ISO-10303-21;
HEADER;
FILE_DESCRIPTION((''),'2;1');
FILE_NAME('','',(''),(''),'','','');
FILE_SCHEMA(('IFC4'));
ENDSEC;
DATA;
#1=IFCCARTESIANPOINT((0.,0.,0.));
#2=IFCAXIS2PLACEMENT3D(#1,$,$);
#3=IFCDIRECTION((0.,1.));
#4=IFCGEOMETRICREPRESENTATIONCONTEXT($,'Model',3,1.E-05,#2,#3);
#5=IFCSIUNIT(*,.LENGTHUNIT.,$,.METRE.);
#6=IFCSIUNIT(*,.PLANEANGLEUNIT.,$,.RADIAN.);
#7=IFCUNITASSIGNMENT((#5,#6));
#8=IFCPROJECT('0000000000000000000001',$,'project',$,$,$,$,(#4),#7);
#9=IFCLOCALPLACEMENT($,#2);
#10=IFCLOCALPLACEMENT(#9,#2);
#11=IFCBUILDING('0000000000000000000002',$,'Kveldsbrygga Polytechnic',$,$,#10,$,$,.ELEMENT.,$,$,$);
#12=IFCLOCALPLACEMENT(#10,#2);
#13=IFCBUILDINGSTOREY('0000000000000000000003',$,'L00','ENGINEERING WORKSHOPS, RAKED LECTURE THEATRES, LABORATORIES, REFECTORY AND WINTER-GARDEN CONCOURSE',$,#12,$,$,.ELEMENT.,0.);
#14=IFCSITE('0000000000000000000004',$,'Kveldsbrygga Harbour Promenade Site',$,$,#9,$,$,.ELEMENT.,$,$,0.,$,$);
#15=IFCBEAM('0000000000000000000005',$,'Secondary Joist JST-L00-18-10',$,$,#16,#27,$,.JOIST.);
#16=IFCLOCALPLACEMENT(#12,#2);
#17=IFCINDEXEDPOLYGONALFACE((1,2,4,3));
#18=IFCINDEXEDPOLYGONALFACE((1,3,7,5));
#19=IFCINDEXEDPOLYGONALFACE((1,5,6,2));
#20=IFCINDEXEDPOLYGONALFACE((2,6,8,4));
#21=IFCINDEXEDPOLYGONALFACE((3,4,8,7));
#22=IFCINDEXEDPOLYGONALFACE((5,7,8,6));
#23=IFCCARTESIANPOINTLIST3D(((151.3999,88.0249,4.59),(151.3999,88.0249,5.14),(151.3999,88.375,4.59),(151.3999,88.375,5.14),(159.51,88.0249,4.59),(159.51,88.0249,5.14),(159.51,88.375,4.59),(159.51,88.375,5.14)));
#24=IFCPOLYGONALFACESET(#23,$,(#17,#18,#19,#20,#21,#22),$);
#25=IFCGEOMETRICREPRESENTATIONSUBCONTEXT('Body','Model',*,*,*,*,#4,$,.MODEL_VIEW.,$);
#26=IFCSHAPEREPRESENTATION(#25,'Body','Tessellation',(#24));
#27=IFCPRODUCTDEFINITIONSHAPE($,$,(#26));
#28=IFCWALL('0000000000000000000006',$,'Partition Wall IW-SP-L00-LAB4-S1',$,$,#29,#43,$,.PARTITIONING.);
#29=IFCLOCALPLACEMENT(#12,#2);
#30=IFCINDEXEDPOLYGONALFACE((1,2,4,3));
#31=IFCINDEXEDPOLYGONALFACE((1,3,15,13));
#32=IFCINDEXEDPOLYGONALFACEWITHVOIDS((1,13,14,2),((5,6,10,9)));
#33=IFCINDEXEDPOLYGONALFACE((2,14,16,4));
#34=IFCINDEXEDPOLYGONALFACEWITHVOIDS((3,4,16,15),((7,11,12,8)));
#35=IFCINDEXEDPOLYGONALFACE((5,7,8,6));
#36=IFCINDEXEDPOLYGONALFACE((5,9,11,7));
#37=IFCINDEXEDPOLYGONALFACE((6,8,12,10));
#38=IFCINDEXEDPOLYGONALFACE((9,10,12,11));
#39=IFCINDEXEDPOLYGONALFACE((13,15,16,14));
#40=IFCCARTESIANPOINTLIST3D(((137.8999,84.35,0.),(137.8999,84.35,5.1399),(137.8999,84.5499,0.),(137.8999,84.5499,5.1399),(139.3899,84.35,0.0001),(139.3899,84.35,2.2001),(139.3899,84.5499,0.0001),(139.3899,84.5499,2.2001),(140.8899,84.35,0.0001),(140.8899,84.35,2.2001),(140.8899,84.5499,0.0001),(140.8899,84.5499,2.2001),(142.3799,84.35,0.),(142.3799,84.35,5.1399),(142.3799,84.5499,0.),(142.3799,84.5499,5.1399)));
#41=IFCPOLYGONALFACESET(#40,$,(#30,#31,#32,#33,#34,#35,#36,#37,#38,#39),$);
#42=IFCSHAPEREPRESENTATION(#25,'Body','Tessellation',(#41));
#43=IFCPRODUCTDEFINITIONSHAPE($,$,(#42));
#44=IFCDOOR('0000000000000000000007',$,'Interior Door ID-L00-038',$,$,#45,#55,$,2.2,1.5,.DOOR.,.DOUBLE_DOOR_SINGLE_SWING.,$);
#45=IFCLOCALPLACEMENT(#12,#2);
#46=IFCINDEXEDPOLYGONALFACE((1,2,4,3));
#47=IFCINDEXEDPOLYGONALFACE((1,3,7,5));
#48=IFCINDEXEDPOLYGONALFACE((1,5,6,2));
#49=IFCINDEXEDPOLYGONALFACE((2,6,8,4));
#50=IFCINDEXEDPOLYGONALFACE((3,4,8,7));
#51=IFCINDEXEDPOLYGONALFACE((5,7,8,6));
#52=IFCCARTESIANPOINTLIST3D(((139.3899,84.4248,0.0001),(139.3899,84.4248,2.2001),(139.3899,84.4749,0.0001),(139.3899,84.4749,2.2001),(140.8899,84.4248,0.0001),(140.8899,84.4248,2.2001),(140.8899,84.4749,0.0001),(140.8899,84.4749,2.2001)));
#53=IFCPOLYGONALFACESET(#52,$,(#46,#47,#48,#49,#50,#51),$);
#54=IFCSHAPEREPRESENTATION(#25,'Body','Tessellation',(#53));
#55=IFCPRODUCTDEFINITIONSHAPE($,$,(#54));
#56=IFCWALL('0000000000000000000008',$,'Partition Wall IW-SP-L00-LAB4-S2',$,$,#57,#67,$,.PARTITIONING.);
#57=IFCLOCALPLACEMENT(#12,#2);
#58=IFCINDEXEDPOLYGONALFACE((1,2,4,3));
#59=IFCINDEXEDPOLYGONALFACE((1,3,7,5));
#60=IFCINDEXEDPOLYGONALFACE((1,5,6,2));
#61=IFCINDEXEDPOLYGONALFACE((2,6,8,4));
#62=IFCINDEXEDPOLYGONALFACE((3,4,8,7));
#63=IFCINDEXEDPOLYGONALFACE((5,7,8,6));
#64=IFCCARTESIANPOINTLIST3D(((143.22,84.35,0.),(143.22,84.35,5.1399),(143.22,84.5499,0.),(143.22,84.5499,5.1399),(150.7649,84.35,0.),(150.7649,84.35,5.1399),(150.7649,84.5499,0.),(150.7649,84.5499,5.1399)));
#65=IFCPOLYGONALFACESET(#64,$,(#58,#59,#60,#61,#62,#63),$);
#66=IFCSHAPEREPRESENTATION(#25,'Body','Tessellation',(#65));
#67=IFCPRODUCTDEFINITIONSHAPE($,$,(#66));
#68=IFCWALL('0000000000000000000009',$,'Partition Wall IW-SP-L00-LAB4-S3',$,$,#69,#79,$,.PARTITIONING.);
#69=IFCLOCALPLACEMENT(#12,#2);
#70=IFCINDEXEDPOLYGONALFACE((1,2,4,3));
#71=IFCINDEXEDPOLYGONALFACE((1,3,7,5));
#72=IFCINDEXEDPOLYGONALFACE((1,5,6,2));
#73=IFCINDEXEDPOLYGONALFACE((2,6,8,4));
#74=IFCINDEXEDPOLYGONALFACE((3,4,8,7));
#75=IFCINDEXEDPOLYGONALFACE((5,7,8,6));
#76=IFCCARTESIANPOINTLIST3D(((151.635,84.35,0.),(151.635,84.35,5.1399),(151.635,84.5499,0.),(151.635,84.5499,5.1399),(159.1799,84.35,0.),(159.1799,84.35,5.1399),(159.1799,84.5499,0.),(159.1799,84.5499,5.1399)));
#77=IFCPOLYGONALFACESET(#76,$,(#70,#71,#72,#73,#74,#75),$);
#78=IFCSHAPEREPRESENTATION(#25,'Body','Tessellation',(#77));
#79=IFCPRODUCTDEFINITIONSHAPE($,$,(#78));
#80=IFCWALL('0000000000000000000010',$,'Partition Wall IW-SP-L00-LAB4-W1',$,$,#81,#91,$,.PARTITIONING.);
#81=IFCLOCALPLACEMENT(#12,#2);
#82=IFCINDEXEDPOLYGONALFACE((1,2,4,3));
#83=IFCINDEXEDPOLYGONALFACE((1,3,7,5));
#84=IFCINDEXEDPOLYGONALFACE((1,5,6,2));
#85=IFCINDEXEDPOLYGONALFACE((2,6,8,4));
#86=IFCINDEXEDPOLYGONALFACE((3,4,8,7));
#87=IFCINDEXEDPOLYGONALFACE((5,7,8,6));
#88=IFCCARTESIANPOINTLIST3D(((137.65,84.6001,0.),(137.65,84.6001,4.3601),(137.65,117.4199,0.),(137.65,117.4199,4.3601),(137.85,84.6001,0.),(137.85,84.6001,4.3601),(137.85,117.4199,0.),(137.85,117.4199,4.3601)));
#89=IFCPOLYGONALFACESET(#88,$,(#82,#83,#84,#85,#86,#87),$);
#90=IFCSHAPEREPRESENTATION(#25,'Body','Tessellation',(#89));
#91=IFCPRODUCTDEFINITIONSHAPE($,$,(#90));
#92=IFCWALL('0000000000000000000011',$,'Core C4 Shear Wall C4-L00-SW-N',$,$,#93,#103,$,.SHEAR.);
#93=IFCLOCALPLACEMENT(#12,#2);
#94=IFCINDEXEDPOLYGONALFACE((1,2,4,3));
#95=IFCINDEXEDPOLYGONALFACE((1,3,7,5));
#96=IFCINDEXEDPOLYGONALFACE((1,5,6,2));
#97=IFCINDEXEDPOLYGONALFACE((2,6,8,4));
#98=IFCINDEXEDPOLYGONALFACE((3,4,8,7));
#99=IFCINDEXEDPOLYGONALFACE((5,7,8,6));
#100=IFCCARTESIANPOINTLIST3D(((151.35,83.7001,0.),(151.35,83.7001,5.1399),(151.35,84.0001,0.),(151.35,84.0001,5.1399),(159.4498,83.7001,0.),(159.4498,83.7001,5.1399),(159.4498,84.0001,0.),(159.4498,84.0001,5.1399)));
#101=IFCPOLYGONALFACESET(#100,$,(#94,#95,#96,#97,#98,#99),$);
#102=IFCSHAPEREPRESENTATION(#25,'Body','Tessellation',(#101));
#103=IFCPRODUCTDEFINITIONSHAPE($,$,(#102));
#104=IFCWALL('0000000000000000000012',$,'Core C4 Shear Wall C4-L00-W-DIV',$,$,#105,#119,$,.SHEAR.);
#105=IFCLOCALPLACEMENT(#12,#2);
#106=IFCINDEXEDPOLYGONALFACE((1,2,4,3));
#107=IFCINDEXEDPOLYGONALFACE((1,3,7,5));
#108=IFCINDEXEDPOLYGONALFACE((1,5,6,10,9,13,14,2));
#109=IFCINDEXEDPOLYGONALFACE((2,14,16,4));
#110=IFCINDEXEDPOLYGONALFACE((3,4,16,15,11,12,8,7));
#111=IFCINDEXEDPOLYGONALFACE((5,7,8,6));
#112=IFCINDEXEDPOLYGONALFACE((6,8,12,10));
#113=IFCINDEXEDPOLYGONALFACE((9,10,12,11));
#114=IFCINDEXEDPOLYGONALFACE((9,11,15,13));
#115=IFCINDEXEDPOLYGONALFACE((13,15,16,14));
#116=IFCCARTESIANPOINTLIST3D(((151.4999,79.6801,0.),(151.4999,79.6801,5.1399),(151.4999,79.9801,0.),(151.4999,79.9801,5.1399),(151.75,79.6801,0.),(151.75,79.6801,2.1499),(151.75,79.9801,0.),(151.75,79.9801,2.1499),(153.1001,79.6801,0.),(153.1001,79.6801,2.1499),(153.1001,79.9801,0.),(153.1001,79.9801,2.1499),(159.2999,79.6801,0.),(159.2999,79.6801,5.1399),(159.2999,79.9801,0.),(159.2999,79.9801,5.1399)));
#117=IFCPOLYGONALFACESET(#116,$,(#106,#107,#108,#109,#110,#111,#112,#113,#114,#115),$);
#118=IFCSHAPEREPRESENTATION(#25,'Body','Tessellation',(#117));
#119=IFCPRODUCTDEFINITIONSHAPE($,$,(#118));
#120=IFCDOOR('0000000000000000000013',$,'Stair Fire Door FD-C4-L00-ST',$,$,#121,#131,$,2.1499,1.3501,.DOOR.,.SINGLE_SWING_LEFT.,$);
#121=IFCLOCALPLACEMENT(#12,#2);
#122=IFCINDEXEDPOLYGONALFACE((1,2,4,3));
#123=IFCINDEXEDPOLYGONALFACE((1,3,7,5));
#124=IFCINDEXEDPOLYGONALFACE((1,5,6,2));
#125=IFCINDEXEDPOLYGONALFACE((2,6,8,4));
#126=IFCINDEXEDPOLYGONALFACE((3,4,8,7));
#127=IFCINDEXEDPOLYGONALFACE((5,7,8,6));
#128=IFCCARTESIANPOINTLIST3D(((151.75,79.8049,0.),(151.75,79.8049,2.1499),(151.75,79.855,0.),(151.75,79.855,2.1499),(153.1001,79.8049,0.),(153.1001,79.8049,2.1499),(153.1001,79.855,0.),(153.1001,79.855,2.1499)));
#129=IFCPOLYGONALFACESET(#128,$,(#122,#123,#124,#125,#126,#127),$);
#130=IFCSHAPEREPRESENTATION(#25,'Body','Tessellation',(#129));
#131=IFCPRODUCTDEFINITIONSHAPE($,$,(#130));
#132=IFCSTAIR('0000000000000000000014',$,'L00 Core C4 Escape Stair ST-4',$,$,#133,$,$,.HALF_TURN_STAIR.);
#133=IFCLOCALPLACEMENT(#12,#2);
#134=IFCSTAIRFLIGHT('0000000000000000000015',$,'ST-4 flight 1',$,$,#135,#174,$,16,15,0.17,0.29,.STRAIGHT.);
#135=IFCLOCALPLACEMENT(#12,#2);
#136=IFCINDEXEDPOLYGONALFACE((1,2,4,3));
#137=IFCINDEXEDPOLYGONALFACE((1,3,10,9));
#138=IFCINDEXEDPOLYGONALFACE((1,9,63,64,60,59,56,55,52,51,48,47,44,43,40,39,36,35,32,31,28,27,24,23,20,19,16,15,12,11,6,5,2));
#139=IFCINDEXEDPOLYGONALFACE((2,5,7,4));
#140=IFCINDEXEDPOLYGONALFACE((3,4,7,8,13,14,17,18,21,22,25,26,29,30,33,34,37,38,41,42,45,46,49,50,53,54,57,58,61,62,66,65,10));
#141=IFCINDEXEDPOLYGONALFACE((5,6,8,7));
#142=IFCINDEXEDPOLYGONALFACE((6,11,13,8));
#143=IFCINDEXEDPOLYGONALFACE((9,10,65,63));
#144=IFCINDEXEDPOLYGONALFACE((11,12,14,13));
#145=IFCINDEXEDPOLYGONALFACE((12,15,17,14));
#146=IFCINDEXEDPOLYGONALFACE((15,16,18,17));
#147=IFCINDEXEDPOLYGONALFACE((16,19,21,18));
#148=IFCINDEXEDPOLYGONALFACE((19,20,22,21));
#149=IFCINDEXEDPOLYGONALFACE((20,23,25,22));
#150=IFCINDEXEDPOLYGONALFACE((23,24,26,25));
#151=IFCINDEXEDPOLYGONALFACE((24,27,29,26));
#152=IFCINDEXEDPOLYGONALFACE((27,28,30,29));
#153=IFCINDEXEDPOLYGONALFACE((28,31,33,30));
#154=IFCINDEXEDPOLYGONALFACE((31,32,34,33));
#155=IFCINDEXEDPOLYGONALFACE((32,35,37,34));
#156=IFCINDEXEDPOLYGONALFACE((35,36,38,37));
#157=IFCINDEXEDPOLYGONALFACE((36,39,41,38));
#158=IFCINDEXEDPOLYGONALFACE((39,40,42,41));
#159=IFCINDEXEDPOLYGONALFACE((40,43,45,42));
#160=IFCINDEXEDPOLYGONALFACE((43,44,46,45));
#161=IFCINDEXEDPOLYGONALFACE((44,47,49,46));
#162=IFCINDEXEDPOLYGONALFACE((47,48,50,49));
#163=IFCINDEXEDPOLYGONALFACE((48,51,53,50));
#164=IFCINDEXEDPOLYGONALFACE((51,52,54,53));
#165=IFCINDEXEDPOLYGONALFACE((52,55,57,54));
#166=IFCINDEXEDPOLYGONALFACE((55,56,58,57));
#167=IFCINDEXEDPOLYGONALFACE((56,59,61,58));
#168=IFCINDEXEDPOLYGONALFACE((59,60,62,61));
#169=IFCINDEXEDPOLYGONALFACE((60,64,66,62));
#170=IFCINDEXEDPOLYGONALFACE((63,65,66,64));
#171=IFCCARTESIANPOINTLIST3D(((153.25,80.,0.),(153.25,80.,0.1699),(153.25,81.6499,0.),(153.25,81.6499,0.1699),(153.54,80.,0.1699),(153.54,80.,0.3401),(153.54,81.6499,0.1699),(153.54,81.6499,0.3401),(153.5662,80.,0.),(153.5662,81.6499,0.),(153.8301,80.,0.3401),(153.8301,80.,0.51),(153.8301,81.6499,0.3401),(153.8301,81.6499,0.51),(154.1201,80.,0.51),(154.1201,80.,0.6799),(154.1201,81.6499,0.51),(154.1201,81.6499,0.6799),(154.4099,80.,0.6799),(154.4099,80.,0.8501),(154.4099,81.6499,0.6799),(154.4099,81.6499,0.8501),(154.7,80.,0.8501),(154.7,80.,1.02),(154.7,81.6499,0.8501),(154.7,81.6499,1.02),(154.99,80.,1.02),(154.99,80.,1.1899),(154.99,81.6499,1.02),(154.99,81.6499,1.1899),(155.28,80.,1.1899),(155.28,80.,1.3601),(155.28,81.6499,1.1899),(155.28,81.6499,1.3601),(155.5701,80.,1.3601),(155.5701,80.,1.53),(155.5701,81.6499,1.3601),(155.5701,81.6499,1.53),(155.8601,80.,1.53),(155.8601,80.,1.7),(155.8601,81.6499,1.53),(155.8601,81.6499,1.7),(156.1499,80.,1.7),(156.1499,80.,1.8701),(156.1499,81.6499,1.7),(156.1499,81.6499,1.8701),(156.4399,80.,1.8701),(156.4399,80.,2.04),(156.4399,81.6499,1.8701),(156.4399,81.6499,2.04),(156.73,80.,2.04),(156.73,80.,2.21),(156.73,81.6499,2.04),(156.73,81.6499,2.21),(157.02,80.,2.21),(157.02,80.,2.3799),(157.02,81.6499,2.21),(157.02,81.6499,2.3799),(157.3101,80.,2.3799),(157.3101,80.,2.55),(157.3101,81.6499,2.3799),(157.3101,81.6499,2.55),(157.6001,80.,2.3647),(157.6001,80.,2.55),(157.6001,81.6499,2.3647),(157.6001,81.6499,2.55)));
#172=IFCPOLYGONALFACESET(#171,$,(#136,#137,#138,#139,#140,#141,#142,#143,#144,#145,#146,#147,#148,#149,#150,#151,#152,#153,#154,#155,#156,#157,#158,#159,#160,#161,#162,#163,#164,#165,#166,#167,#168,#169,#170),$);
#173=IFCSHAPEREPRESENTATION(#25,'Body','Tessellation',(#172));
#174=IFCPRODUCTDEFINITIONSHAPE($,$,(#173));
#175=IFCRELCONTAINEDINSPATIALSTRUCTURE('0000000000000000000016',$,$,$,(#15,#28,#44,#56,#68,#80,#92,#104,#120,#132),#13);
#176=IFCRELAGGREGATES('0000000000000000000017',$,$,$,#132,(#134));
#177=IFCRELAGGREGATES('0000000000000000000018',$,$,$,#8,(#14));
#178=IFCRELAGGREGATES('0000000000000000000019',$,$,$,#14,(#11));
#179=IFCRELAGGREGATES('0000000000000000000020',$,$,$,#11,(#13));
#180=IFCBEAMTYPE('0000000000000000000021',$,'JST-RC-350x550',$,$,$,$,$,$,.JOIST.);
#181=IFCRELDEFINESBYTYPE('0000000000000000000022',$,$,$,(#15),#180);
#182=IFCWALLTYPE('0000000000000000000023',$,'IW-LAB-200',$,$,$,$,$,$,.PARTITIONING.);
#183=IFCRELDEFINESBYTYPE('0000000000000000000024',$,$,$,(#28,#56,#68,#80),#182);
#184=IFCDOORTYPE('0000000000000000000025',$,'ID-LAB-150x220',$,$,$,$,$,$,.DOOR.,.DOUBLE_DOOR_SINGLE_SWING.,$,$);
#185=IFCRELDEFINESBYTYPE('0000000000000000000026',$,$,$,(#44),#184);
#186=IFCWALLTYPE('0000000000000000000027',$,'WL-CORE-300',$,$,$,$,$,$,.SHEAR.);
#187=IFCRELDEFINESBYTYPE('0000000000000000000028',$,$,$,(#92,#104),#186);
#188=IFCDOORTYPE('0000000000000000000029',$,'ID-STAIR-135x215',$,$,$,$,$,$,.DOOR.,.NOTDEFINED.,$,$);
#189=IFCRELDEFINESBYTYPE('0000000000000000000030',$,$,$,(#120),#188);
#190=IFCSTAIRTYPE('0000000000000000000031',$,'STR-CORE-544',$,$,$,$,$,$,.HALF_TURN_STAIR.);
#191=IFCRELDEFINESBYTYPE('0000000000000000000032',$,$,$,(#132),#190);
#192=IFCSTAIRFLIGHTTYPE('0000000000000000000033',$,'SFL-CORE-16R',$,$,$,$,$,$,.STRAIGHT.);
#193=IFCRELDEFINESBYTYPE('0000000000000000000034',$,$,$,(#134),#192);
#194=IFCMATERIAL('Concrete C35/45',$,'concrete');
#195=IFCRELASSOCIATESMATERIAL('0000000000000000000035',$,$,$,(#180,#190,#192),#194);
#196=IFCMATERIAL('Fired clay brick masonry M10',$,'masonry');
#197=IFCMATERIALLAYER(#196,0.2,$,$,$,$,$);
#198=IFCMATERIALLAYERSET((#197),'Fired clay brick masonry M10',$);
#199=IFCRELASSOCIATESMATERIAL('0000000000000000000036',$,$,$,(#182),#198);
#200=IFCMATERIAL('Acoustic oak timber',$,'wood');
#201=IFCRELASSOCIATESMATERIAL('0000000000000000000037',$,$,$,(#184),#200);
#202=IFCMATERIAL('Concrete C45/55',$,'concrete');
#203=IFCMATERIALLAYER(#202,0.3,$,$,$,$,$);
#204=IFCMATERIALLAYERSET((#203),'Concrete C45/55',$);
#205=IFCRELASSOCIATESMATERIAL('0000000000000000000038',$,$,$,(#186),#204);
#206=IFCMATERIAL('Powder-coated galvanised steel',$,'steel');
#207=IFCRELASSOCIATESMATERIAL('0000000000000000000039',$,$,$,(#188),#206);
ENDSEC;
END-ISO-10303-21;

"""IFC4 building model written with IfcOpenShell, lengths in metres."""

from ifc_helpers import new_model, si_unit, direction, frame, frame_2d, origin, origin_2d, place, context, subcontext, project, spatial, polyline, rectangle, outline, extrude, material, layer, layer_set, material_profile, profile_set, type_object, element, fill, aggregate, save


model = new_model("IFC4")

# Units and contexts
model_context = context("Model", 3, precision=1e-05, world=origin(), true_north=direction((0.0, 1.0)))
body_context = subcontext(model_context, "Body", "Model", "MODEL_VIEW")
ifc_project = project(units=[si_unit("LENGTHUNIT", "METRE"), si_unit("PLANEANGLEUNIT", "RADIAN")], contexts=[model_context])

# Site, building, storey
site_placement = place(None, origin())
site = spatial("IfcSite", under=ifc_project, at=site_placement, Name="Kveldsbrygga Harbour Promenade Site", CompositionType="ELEMENT", RefElevation=0.0)
building_placement = place(site_placement, origin())
building = spatial("IfcBuilding", under=site, at=building_placement, Name="Kveldsbrygga Polytechnic", CompositionType="ELEMENT")
storey_placement = place(building_placement, origin())
storey = spatial("IfcBuildingStorey", under=building, at=storey_placement, Name="L00", Description="ENGINEERING WORKSHOPS, RAKED LECTURE THEATRES, LABORATORIES, REFECTORY AND WINTER-GARDEN CONCOURSE", CompositionType="ELEMENT", Elevation=0.0)

# Shared definitions
ifc_material_1 = material(Name="Concrete C45/55", Category="concrete")

# Beam
ifc_material_2 = material(Name="Concrete C35/45", Category="concrete")
ifc_material_profile_1 = material_profile(ifc_material_2, rectangle(XDim=0.3501, YDim=0.55, at=origin_2d()), Name="RC 350x550")
ifc_profile_set_1 = profile_set([ifc_material_profile_1], Name="Concrete C35/45")
beam_type_1 = type_object("IfcBeamType", Name="JST-RC-350x550", PredefinedType="JOIST", material=ifc_profile_set_1)
for number, where, z_axis, x_axis, name in (
    (1, (151.3999, 88.2, 4.865), (1.0, 0.0, 0.0), (0.0, 1.0, 0.0), "Secondary Joist JST-L00-18-10"),
):
    element("IfcBeam", number, at=place(storey_placement, frame(where, z_axis=z_axis, x_axis=x_axis)), inside=storey, type_object=beam_type_1, Name=name, PredefinedType="JOIST", context=body_context, shape_type="SweptSolid", body=[
        extrude(rectangle(XDim=0.3501, YDim=0.55, at=origin_2d()), origin(), (0.0, 0.0, 1.0), 8.1101),
    ])

# Wall, opening, door
ifc_material_3 = material(Name="Fired clay brick masonry M10", Category="masonry")
ifc_layer_1 = layer(ifc_material_3, 0.2)
ifc_layer_set_1 = layer_set([ifc_layer_1], Name="Fired clay brick masonry M10")
wall_type_1 = type_object("IfcWallType", Name="IW-LAB-200", PredefinedType="PARTITIONING", material=ifc_layer_set_1)
wall_1_placement = place(storey_placement, frame((137.8999, 84.45, 0.0), z_axis=(0.0, 0.0, 1.0), x_axis=(1.0, 0.0, 0.0)))
wall_1 = element("IfcWall", 2, at=wall_1_placement, inside=storey, type_object=wall_type_1, Name="Partition Wall IW-SP-L00-LAB4-S1", PredefinedType="PARTITIONING", context=body_context, shape_type="SweptSolid", body=[
    extrude(rectangle(XDim=4.48, YDim=0.2, at=frame_2d((2.24, 0.0))), origin(), (0.0, 0.0, 1.0), 5.1399),
])
opening_1_placement = place(wall_1_placement, frame((1.49, 0.0, 0.0)))
opening_1 = element("IfcOpeningElement", 3, at=opening_1_placement, cuts=wall_1, PredefinedType="OPENING", context=body_context, shape_type="SweptSolid", body=[
    extrude(rectangle(XDim=1.5, YDim=2.2, at=frame_2d((0.75, 1.1001))), frame((0.0, 0.1099, 0.0), z_axis=(0.0, -1.0, 0.0), x_axis=(1.0, 0.0, 0.0)), (0.0, 0.0, 1.0), 0.22),
])
ifc_material_4 = material(Name="Acoustic oak timber", Category="wood")
door_type_1 = type_object("IfcDoorType", Name="ID-LAB-150x220", OperationType="DOUBLE_DOOR_SINGLE_SWING", PredefinedType="DOOR", material=ifc_material_4)
door_1_placement = place(opening_1_placement, origin())
door_1 = element("IfcDoor", 4, at=door_1_placement, inside=storey, type_object=door_type_1, Name="Interior Door ID-L00-038", OperationType="DOUBLE_DOOR_SINGLE_SWING", OverallHeight=2.2, OverallWidth=1.5, PredefinedType="DOOR", context=body_context, shape_type="SweptSolid", body=[
    extrude(rectangle(XDim=1.5, YDim=2.2, at=frame_2d((0.75, 1.1001))), frame((0.0, 0.0249, 0.0), z_axis=(0.0, -1.0, 0.0), x_axis=(1.0, 0.0, 0.0)), (0.0, 0.0, 1.0), 0.05),
])
fill(opening_1, door_1)

# Walls
for number, where, z_axis, x_axis, name in (
    (5, (143.22, 84.45, 0.0), (0.0, 0.0, 1.0), (1.0, 0.0, 0.0), "Partition Wall IW-SP-L00-LAB4-S2"),
    (6, (151.635, 84.45, 0.0), (0.0, 0.0, 1.0), (1.0, 0.0, 0.0), "Partition Wall IW-SP-L00-LAB4-S3"),
):
    element("IfcWall", number, at=place(storey_placement, frame(where, z_axis=z_axis, x_axis=x_axis)), inside=storey, type_object=wall_type_1, Name=name, PredefinedType="PARTITIONING", context=body_context, shape_type="SweptSolid", body=[
        extrude(rectangle(XDim=7.5449, YDim=0.2, at=frame_2d((3.7725, 0.0))), origin(), (0.0, 0.0, 1.0), 5.1399),
    ])
wall_2_placement = place(storey_placement, frame((137.75, 84.6001, 0.0), z_axis=(0.0, 0.0, 1.0), x_axis=(0.0, 1.0, 0.0)))
element("IfcWall", 7, at=wall_2_placement, inside=storey, type_object=wall_type_1, Name="Partition Wall IW-SP-L00-LAB4-W1", PredefinedType="PARTITIONING", context=body_context, shape_type="SweptSolid", body=[
    extrude(rectangle(XDim=32.8198, YDim=0.2, at=frame_2d((16.4099, 0.0))), origin(), (0.0, 0.0, 1.0), 4.3601),
])
ifc_layer_2 = layer(ifc_material_1, 0.3)
ifc_layer_set_2 = layer_set([ifc_layer_2], Name="Concrete C45/55")
wall_type_2 = type_object("IfcWallType", Name="WL-CORE-300", PredefinedType="SHEAR", material=ifc_layer_set_2)
wall_3_placement = place(storey_placement, frame((151.3501, 83.8501, 0.0), z_axis=(0.0, 0.0, 1.0), x_axis=(1.0, 0.0, 0.0)))
element("IfcWall", 8, at=wall_3_placement, inside=storey, type_object=wall_type_2, Name="Core C4 Shear Wall C4-L00-SW-N", PredefinedType="SHEAR", context=body_context, shape_type="SweptSolid", body=[
    extrude(rectangle(XDim=8.0999, YDim=0.3, at=frame_2d((4.0498, 0.0))), origin(), (0.0, 0.0, 1.0), 5.1399),
])

# Wall, opening, door
wall_4_placement = place(storey_placement, frame((151.5, 79.8301, 0.0), z_axis=(0.0, 0.0, 1.0), x_axis=(1.0, 0.0, 0.0)))
wall_4 = element("IfcWall", 9, at=wall_4_placement, inside=storey, type_object=wall_type_2, Name="Core C4 Shear Wall C4-L00-W-DIV", PredefinedType="SHEAR", context=body_context, shape_type="SweptSolid", body=[
    extrude(rectangle(XDim=7.8, YDim=0.3, at=frame_2d((3.8999, 0.0))), origin(), (0.0, 0.0, 1.0), 5.1399),
])
opening_2_placement = place(wall_4_placement, frame((0.25, 0.0, 0.0)))
opening_2 = element("IfcOpeningElement", 10, at=opening_2_placement, cuts=wall_4, PredefinedType="OPENING", context=body_context, shape_type="SweptSolid", body=[
    extrude(rectangle(XDim=1.3501, YDim=2.1499, at=frame_2d((0.675, 1.075))), frame((0.0, 0.1602, 0.0), z_axis=(0.0, -1.0, 0.0), x_axis=(1.0, 0.0, 0.0)), (0.0, 0.0, 1.0), 0.3201),
])
ifc_material_5 = material(Name="Powder-coated galvanised steel", Category="steel")
door_type_2 = type_object("IfcDoorType", Name="ID-STAIR-135x215", OperationType="NOTDEFINED", PredefinedType="DOOR", material=ifc_material_5)
door_2_placement = place(opening_2_placement, origin())
door_2 = element("IfcDoor", 11, at=door_2_placement, inside=storey, type_object=door_type_2, Name="Stair Fire Door FD-C4-L00-ST", OperationType="SINGLE_SWING_LEFT", OverallHeight=2.1499, OverallWidth=1.3501, PredefinedType="DOOR", context=body_context, shape_type="SweptSolid", body=[
    extrude(rectangle(XDim=1.3501, YDim=2.1499, at=frame_2d((0.675, 1.075))), frame((0.0, 0.0249, 0.0), z_axis=(0.0, -1.0, 0.0), x_axis=(1.0, 0.0, 0.0)), (0.0, 0.0, 1.0), 0.05),
])
fill(opening_2, door_2)

# Stair, stair flight
stair_type = type_object("IfcStairType", Name="STR-CORE-544", PredefinedType="HALF_TURN_STAIR", material=ifc_material_2)
stair_placement = place(storey_placement, origin())
stair = element("IfcStair", 12, at=stair_placement, inside=storey, type_object=stair_type, Name="L00 Core C4 Escape Stair ST-4", PredefinedType="HALF_TURN_STAIR")
stair_flight_type = type_object("IfcStairFlightType", Name="SFL-CORE-16R", PredefinedType="STRAIGHT", material=ifc_material_2)
stair_flight_1_placement = place(storey_placement, frame((153.25, 80.825, 0.0), z_axis=(0.0, 0.0, 1.0), x_axis=(1.0, 0.0, 0.0)))
stair_flight_1 = element("IfcStairFlight", 13, at=stair_flight_1_placement, type_object=stair_flight_type, Name="ST-4 flight 1", NumberOfRisers=16, NumberOfTreads=15, PredefinedType="STRAIGHT", RiserHeight=0.17, TreadLength=0.29, context=body_context, shape_type="SweptSolid", body=[
    extrude(outline(polyline([(0.0, 0.0), (0.0, 0.1699), (0.29, 0.1699), (0.29, 0.3401), (0.5801, 0.3401), (0.5801, 0.51), (0.8701, 0.51), (0.8701, 0.6799), (1.1599, 0.6799), (1.1599, 0.8501), (1.45, 0.8501), (1.45, 1.02), (1.74, 1.02), (1.74, 1.1899), (2.03, 1.1899), (2.03, 1.3601), (2.3201, 1.3601), (2.3201, 1.53), (2.6101, 1.53), (2.6101, 1.7), (2.8999, 1.7), (2.8999, 1.8701), (3.1899, 1.8701), (3.1899, 2.04), (3.48, 2.04), (3.48, 2.21), (3.77, 2.21), (3.77, 2.3799), (4.0601, 2.3799), (4.0601, 2.55), (4.3501, 2.55), (4.3501, 2.72), (4.3501, 2.3647), (0.3162, 0.0), (0.0, 0.0)])), frame((0.0, 0.825, 0.0), z_axis=(0.0, -1.0, 0.0), x_axis=(1.0, 0.0, 0.0)), (0.0, 0.0, 1.0), 1.6499),
])
aggregate(stair, [stair_flight_1])

save(model, "model.ifc")
